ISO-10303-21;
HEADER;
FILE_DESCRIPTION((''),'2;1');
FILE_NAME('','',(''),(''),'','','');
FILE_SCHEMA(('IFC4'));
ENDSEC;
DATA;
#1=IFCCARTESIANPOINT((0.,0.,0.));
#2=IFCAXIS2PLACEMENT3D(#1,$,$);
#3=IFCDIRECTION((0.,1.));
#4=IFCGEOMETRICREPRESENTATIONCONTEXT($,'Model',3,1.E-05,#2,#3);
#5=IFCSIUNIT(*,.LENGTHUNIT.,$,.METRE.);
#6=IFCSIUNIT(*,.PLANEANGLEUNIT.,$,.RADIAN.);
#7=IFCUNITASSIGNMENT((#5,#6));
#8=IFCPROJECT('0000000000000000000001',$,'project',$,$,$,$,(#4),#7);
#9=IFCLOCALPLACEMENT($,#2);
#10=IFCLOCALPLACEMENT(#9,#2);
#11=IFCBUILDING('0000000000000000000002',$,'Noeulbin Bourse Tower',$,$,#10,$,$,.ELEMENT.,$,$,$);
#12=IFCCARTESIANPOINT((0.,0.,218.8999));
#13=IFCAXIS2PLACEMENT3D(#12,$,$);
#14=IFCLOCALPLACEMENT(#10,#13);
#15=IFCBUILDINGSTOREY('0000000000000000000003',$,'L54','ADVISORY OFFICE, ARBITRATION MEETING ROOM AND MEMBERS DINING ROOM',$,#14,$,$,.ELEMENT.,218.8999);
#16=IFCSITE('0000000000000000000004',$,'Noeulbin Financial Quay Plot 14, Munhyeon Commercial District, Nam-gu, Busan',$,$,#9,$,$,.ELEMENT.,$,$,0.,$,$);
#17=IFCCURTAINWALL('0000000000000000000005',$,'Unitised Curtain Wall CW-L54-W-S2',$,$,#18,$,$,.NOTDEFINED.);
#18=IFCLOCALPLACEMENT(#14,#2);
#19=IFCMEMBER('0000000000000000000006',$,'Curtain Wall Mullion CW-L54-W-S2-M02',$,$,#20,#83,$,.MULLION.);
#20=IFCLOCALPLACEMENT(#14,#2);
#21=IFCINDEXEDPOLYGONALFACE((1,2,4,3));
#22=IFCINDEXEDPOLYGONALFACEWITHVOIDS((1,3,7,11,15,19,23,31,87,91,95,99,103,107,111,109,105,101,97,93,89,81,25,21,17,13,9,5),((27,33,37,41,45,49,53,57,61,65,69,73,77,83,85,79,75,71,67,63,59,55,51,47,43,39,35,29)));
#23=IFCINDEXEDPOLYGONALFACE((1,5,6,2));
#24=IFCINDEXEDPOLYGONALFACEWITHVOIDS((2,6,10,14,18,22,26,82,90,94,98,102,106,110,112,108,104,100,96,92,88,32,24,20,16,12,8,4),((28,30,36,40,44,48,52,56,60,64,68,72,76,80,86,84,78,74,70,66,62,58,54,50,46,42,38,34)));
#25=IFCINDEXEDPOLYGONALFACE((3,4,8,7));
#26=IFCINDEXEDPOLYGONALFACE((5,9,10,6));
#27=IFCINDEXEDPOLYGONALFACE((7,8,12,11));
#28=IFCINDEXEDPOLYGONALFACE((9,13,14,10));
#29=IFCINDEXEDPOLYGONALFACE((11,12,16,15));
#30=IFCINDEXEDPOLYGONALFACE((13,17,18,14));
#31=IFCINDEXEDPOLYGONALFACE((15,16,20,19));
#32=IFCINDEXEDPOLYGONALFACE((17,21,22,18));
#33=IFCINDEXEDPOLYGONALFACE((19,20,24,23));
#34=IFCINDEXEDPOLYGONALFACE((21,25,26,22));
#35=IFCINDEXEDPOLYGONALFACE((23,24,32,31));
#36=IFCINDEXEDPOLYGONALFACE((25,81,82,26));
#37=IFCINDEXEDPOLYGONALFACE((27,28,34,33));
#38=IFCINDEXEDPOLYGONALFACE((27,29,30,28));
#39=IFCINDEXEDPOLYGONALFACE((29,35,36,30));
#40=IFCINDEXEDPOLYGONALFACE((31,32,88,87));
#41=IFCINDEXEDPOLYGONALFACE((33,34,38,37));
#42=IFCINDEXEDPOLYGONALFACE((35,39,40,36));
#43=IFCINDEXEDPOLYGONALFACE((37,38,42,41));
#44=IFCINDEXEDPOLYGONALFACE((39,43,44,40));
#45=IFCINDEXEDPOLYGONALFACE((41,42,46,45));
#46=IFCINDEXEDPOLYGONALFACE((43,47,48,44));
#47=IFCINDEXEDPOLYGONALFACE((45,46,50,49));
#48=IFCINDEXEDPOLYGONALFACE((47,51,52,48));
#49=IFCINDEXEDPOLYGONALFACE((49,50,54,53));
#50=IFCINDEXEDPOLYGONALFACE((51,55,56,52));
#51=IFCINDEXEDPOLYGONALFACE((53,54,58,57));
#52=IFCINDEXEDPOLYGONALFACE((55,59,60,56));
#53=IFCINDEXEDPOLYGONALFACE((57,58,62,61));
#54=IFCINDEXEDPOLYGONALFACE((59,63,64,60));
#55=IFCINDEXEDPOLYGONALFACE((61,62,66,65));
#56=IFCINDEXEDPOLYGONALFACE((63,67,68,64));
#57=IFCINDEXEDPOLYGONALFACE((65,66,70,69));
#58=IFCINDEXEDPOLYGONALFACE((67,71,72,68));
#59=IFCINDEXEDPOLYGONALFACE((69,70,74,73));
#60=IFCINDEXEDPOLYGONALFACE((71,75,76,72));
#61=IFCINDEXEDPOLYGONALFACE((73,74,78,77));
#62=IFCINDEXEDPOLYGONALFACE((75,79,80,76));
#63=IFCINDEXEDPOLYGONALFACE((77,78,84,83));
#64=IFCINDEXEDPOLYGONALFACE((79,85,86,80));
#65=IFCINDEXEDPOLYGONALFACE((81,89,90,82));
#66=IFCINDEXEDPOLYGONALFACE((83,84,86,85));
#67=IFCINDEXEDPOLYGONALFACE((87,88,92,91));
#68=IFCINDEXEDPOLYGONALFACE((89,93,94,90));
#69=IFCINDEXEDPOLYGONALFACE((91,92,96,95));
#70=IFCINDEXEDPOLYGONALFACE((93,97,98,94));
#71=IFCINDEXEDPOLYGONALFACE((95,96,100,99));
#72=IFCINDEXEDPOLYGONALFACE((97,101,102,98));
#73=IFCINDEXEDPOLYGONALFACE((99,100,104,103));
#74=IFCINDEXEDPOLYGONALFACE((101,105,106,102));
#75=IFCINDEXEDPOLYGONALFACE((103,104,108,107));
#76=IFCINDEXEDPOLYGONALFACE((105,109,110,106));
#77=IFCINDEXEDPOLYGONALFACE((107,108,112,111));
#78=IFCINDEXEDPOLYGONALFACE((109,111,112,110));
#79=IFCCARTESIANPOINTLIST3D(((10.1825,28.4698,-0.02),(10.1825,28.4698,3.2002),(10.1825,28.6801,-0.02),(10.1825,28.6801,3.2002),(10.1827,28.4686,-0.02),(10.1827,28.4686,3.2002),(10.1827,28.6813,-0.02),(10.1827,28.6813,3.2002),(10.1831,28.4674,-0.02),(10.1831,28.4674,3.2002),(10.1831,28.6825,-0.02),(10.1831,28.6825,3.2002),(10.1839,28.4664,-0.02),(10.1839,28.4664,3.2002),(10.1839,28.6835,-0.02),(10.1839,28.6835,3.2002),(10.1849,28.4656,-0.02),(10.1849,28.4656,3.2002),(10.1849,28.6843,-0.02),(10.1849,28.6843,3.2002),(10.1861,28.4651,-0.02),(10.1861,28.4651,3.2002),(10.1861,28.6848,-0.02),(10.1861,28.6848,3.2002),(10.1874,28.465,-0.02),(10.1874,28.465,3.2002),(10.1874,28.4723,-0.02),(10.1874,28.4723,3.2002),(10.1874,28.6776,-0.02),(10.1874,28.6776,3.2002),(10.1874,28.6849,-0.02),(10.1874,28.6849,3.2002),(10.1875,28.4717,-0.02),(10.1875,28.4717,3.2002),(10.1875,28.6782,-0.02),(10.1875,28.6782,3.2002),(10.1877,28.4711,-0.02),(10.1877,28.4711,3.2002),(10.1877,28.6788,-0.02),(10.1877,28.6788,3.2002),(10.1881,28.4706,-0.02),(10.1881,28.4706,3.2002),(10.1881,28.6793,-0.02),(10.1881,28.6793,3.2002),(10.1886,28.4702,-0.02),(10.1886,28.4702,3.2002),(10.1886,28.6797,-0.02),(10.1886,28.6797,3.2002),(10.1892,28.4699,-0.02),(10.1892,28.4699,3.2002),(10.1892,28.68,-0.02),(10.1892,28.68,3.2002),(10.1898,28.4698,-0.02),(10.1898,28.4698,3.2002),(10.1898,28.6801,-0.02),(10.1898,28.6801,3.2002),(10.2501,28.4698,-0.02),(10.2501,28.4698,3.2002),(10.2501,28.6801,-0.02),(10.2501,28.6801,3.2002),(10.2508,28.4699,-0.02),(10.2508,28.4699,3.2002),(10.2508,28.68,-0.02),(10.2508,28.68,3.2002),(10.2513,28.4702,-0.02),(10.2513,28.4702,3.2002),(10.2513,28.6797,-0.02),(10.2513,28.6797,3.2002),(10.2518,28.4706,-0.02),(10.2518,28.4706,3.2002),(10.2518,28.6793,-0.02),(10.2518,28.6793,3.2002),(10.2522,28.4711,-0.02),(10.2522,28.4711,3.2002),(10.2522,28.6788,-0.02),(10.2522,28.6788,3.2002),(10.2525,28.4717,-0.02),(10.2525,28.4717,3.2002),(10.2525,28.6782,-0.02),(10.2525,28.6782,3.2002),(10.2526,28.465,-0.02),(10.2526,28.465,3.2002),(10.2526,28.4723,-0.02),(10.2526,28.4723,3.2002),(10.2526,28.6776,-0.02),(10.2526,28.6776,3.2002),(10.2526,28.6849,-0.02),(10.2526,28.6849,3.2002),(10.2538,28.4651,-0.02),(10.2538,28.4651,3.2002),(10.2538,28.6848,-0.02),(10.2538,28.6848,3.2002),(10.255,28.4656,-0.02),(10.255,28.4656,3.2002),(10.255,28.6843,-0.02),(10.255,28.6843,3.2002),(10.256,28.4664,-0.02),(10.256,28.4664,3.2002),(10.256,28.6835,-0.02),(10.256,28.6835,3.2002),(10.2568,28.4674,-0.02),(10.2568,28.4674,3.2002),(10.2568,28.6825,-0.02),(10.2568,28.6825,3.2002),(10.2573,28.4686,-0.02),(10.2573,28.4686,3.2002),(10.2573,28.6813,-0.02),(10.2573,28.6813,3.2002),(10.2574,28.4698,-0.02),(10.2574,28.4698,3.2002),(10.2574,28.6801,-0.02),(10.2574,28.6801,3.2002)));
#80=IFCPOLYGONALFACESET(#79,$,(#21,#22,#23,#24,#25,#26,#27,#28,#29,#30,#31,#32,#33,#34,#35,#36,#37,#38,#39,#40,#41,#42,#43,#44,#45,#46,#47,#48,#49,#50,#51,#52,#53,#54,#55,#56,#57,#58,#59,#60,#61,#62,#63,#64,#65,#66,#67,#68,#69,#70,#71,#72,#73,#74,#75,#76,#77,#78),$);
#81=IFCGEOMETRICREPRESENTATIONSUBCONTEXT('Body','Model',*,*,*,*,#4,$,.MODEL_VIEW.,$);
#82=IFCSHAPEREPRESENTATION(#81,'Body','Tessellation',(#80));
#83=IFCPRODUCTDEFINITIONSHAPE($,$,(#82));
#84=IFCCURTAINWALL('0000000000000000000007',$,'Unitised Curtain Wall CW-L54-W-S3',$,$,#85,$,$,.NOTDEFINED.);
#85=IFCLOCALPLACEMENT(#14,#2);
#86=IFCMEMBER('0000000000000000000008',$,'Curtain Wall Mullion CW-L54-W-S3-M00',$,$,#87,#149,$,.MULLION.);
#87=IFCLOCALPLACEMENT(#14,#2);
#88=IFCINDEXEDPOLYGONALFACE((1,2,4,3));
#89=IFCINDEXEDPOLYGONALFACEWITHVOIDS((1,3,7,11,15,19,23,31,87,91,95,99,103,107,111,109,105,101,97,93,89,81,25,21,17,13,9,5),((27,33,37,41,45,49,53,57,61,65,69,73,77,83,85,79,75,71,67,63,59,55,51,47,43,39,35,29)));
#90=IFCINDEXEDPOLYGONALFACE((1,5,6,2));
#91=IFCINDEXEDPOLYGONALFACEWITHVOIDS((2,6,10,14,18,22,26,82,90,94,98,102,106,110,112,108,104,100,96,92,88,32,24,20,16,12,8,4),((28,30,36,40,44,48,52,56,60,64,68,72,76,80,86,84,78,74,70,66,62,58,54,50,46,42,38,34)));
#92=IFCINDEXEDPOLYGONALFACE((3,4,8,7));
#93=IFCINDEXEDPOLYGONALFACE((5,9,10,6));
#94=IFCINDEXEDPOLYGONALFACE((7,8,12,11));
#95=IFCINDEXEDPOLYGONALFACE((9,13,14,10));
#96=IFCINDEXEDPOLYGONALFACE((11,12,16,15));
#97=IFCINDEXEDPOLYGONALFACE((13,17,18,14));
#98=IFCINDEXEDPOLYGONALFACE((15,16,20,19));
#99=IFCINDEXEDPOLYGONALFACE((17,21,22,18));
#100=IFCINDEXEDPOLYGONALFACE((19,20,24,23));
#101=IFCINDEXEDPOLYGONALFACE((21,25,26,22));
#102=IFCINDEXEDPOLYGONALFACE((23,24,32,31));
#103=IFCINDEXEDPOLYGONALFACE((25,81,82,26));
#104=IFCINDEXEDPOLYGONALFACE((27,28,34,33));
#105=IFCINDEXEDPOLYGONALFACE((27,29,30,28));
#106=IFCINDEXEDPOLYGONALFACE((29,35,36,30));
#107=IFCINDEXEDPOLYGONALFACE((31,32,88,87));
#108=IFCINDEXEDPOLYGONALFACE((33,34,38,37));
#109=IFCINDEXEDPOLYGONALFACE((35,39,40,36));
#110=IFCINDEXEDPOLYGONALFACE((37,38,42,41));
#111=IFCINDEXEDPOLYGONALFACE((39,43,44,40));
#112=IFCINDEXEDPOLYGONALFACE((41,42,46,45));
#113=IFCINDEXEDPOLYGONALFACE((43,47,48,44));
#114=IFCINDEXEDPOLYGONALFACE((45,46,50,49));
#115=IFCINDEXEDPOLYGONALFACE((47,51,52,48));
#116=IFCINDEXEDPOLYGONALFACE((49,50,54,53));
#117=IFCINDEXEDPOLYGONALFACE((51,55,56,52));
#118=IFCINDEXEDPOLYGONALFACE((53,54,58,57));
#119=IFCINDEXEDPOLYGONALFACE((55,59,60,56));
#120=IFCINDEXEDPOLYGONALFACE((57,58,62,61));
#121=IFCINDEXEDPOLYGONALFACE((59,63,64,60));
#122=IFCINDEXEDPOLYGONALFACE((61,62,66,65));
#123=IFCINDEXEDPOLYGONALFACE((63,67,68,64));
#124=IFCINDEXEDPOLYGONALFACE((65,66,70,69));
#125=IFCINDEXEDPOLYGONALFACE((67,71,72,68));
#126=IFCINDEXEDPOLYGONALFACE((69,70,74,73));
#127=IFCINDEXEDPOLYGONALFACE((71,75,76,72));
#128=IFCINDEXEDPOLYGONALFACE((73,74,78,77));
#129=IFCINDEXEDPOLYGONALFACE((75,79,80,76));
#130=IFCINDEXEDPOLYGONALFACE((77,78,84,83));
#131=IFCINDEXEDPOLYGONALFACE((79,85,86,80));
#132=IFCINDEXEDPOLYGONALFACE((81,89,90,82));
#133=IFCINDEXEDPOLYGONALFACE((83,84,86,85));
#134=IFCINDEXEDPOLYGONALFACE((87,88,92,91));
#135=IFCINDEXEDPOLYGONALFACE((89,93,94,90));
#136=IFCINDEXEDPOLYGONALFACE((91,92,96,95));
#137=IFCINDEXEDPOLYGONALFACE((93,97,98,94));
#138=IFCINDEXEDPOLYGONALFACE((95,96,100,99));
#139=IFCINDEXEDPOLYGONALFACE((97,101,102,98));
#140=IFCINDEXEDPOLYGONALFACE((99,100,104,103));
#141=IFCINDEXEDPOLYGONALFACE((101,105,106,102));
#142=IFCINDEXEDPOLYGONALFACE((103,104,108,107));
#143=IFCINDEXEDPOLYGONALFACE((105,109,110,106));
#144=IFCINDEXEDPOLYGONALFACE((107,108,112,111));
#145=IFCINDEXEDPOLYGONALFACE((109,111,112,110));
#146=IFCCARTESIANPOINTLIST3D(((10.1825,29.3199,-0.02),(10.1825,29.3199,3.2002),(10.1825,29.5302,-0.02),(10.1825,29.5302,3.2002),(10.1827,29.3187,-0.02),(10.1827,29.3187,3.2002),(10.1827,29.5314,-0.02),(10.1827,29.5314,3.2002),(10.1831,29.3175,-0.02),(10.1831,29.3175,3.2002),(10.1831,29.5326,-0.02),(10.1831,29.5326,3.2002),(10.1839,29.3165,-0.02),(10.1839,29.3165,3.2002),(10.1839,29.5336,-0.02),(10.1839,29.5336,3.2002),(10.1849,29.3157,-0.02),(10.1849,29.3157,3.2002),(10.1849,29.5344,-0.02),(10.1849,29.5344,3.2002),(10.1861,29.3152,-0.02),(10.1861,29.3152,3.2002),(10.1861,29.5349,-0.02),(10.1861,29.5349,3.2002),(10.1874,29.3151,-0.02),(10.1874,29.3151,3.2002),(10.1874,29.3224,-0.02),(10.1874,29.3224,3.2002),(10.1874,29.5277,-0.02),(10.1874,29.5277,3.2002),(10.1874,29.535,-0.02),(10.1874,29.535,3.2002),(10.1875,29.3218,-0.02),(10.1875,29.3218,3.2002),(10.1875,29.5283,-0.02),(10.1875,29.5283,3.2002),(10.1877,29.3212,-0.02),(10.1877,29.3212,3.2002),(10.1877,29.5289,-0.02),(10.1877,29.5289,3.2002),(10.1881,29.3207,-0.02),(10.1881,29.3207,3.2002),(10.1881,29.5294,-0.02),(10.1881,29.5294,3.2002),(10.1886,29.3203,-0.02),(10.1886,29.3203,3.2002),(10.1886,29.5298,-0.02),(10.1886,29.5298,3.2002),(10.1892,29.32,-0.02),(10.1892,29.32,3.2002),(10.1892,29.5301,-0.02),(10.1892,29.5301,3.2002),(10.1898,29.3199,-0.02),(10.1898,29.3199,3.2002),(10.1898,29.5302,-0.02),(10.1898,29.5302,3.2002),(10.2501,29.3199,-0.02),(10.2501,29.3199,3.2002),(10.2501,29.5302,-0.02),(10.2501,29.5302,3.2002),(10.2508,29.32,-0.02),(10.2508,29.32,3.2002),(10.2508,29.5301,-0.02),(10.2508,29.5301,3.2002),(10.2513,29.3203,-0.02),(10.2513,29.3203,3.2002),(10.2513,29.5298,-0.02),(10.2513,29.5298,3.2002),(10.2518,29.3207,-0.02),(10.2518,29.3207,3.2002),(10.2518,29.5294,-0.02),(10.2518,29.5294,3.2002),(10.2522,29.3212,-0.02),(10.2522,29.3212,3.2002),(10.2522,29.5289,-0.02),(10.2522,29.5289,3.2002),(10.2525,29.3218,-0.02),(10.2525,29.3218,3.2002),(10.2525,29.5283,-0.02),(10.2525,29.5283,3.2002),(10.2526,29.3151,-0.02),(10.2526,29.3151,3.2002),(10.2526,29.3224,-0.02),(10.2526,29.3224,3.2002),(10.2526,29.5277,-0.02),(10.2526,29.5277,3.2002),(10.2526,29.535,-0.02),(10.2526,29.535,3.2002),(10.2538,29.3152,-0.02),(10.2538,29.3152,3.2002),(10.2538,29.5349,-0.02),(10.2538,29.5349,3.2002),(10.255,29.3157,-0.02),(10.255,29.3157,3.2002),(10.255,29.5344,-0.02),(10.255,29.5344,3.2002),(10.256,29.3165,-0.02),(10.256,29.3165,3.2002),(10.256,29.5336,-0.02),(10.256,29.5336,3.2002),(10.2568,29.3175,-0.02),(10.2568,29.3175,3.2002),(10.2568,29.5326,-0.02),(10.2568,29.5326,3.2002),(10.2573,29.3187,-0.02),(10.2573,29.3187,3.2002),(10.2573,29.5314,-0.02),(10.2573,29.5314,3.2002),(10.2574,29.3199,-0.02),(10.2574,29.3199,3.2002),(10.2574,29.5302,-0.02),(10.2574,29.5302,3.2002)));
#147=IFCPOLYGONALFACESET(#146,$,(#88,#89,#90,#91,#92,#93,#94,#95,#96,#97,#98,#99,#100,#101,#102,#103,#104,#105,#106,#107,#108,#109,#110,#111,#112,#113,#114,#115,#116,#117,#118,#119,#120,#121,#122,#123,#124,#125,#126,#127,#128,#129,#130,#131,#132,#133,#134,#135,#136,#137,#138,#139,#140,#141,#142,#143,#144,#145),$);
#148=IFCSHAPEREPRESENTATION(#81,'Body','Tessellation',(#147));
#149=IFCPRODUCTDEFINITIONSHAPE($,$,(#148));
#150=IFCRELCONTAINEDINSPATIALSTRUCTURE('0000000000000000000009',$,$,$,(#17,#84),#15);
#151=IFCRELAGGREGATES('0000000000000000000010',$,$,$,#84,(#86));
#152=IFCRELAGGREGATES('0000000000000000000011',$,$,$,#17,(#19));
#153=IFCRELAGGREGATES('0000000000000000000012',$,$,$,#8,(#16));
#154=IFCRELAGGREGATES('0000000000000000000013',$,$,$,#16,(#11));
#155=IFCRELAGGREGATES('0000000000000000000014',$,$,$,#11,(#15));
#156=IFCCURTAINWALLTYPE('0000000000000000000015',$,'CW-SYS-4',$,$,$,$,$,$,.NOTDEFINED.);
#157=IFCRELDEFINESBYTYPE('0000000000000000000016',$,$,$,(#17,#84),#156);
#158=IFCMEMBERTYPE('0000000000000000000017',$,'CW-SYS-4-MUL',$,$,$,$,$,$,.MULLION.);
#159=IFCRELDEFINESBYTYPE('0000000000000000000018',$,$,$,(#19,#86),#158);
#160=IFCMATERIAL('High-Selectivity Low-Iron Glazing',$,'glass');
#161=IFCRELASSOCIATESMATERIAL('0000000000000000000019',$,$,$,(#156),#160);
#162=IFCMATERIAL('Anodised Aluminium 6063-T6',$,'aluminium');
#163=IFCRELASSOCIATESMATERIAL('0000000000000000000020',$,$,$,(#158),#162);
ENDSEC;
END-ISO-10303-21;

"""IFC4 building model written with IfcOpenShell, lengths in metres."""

from ifc_helpers import new_model, si_unit, direction, frame, origin, origin_2d, place, context, subcontext, project, spatial, hollow_rectangle, extrude, material, material_profile, profile_set, type_object, element, aggregate, save


model = new_model("IFC4")

# Units and contexts
model_context = context("Model", 3, precision=1e-05, world=origin(), true_north=direction((0.0, 1.0)))
body_context = subcontext(model_context, "Body", "Model", "MODEL_VIEW")
ifc_project = project(units=[si_unit("LENGTHUNIT", "METRE"), si_unit("PLANEANGLEUNIT", "RADIAN")], contexts=[model_context])

# Site, building, storey
site_placement = place(None, origin())
site = spatial("IfcSite", under=ifc_project, at=site_placement, Name="Noeulbin Financial Quay Plot 14, Munhyeon Commercial District, Nam-gu, Busan", CompositionType="ELEMENT", RefElevation=0.0)
building_placement = place(site_placement, origin())
building = spatial("IfcBuilding", under=site, at=building_placement, Name="Noeulbin Bourse Tower", CompositionType="ELEMENT")
storey_placement = place(building_placement, frame((0.0, 0.0, 218.8999)))
storey = spatial("IfcBuildingStorey", under=building, at=storey_placement, Name="L54", Description="ADVISORY OFFICE, ARBITRATION MEETING ROOM AND MEMBERS DINING ROOM", CompositionType="ELEMENT", Elevation=218.8999)

# Curtain wall, member
ifc_material_1 = material(Name="High-Selectivity Low-Iron Glazing", Category="glass")
curtain_wall_type = type_object("IfcCurtainWallType", Name="CW-SYS-4", PredefinedType="NOTDEFINED", material=ifc_material_1)
curtain_wall_1_placement = place(storey_placement, origin())
curtain_wall_1 = element("IfcCurtainWall", 1, at=curtain_wall_1_placement, inside=storey, type_object=curtain_wall_type, Name="Unitised Curtain Wall CW-L54-W-S2", PredefinedType="NOTDEFINED")
ifc_material_2 = material(Name="Anodised Aluminium 6063-T6", Category="aluminium")
ifc_material_profile_1 = material_profile(ifc_material_2, hollow_rectangle(XDim=0.075, YDim=0.22, WallThickness=0.0049, InnerFilletRadius=0.0024, OuterFilletRadius=0.0049, at=origin_2d()), Name="ALU-MULL-75x220x5", Category="LoadBearing")
ifc_profile_set_1 = profile_set([ifc_material_profile_1], Name="Anodised Aluminium 6063-T6")
member_type_1 = type_object("IfcMemberType", Name="CW-SYS-4-MUL", PredefinedType="MULLION", material=ifc_profile_set_1)
member_1_placement = place(storey_placement, frame((10.22, 28.575, -0.02), z_axis=(0.0, 0.0, 1.0), x_axis=(1.0, 0.0, 0.0)))
member_1 = element("IfcMember", 2, at=member_1_placement, type_object=member_type_1, Name="Curtain Wall Mullion CW-L54-W-S2-M02", PredefinedType="MULLION", context=body_context, shape_type="SweptSolid", body=[
    extrude(hollow_rectangle(XDim=0.075, YDim=0.22, WallThickness=0.0049, InnerFilletRadius=0.0024, OuterFilletRadius=0.0049, at=origin_2d()), origin(), (0.0, 0.0, 1.0), 3.2202),
])

# Curtain wall, member
curtain_wall_2_placement = place(storey_placement, origin())
curtain_wall_2 = element("IfcCurtainWall", 3, at=curtain_wall_2_placement, inside=storey, type_object=curtain_wall_type, Name="Unitised Curtain Wall CW-L54-W-S3", PredefinedType="NOTDEFINED")
member_2_placement = place(storey_placement, frame((10.22, 29.425, -0.02), z_axis=(0.0, 0.0, 1.0), x_axis=(1.0, 0.0, 0.0)))
member_2 = element("IfcMember", 4, at=member_2_placement, type_object=member_type_1, Name="Curtain Wall Mullion CW-L54-W-S3-M00", PredefinedType="MULLION", context=body_context, shape_type="SweptSolid", body=[
    extrude(hollow_rectangle(XDim=0.075, YDim=0.22, WallThickness=0.0049, InnerFilletRadius=0.0024, OuterFilletRadius=0.0049, at=origin_2d()), origin(), (0.0, 0.0, 1.0), 3.2202),
])

aggregate(curtain_wall_2, [member_2])

aggregate(curtain_wall_1, [member_1])

save(model, "model.ifc")
